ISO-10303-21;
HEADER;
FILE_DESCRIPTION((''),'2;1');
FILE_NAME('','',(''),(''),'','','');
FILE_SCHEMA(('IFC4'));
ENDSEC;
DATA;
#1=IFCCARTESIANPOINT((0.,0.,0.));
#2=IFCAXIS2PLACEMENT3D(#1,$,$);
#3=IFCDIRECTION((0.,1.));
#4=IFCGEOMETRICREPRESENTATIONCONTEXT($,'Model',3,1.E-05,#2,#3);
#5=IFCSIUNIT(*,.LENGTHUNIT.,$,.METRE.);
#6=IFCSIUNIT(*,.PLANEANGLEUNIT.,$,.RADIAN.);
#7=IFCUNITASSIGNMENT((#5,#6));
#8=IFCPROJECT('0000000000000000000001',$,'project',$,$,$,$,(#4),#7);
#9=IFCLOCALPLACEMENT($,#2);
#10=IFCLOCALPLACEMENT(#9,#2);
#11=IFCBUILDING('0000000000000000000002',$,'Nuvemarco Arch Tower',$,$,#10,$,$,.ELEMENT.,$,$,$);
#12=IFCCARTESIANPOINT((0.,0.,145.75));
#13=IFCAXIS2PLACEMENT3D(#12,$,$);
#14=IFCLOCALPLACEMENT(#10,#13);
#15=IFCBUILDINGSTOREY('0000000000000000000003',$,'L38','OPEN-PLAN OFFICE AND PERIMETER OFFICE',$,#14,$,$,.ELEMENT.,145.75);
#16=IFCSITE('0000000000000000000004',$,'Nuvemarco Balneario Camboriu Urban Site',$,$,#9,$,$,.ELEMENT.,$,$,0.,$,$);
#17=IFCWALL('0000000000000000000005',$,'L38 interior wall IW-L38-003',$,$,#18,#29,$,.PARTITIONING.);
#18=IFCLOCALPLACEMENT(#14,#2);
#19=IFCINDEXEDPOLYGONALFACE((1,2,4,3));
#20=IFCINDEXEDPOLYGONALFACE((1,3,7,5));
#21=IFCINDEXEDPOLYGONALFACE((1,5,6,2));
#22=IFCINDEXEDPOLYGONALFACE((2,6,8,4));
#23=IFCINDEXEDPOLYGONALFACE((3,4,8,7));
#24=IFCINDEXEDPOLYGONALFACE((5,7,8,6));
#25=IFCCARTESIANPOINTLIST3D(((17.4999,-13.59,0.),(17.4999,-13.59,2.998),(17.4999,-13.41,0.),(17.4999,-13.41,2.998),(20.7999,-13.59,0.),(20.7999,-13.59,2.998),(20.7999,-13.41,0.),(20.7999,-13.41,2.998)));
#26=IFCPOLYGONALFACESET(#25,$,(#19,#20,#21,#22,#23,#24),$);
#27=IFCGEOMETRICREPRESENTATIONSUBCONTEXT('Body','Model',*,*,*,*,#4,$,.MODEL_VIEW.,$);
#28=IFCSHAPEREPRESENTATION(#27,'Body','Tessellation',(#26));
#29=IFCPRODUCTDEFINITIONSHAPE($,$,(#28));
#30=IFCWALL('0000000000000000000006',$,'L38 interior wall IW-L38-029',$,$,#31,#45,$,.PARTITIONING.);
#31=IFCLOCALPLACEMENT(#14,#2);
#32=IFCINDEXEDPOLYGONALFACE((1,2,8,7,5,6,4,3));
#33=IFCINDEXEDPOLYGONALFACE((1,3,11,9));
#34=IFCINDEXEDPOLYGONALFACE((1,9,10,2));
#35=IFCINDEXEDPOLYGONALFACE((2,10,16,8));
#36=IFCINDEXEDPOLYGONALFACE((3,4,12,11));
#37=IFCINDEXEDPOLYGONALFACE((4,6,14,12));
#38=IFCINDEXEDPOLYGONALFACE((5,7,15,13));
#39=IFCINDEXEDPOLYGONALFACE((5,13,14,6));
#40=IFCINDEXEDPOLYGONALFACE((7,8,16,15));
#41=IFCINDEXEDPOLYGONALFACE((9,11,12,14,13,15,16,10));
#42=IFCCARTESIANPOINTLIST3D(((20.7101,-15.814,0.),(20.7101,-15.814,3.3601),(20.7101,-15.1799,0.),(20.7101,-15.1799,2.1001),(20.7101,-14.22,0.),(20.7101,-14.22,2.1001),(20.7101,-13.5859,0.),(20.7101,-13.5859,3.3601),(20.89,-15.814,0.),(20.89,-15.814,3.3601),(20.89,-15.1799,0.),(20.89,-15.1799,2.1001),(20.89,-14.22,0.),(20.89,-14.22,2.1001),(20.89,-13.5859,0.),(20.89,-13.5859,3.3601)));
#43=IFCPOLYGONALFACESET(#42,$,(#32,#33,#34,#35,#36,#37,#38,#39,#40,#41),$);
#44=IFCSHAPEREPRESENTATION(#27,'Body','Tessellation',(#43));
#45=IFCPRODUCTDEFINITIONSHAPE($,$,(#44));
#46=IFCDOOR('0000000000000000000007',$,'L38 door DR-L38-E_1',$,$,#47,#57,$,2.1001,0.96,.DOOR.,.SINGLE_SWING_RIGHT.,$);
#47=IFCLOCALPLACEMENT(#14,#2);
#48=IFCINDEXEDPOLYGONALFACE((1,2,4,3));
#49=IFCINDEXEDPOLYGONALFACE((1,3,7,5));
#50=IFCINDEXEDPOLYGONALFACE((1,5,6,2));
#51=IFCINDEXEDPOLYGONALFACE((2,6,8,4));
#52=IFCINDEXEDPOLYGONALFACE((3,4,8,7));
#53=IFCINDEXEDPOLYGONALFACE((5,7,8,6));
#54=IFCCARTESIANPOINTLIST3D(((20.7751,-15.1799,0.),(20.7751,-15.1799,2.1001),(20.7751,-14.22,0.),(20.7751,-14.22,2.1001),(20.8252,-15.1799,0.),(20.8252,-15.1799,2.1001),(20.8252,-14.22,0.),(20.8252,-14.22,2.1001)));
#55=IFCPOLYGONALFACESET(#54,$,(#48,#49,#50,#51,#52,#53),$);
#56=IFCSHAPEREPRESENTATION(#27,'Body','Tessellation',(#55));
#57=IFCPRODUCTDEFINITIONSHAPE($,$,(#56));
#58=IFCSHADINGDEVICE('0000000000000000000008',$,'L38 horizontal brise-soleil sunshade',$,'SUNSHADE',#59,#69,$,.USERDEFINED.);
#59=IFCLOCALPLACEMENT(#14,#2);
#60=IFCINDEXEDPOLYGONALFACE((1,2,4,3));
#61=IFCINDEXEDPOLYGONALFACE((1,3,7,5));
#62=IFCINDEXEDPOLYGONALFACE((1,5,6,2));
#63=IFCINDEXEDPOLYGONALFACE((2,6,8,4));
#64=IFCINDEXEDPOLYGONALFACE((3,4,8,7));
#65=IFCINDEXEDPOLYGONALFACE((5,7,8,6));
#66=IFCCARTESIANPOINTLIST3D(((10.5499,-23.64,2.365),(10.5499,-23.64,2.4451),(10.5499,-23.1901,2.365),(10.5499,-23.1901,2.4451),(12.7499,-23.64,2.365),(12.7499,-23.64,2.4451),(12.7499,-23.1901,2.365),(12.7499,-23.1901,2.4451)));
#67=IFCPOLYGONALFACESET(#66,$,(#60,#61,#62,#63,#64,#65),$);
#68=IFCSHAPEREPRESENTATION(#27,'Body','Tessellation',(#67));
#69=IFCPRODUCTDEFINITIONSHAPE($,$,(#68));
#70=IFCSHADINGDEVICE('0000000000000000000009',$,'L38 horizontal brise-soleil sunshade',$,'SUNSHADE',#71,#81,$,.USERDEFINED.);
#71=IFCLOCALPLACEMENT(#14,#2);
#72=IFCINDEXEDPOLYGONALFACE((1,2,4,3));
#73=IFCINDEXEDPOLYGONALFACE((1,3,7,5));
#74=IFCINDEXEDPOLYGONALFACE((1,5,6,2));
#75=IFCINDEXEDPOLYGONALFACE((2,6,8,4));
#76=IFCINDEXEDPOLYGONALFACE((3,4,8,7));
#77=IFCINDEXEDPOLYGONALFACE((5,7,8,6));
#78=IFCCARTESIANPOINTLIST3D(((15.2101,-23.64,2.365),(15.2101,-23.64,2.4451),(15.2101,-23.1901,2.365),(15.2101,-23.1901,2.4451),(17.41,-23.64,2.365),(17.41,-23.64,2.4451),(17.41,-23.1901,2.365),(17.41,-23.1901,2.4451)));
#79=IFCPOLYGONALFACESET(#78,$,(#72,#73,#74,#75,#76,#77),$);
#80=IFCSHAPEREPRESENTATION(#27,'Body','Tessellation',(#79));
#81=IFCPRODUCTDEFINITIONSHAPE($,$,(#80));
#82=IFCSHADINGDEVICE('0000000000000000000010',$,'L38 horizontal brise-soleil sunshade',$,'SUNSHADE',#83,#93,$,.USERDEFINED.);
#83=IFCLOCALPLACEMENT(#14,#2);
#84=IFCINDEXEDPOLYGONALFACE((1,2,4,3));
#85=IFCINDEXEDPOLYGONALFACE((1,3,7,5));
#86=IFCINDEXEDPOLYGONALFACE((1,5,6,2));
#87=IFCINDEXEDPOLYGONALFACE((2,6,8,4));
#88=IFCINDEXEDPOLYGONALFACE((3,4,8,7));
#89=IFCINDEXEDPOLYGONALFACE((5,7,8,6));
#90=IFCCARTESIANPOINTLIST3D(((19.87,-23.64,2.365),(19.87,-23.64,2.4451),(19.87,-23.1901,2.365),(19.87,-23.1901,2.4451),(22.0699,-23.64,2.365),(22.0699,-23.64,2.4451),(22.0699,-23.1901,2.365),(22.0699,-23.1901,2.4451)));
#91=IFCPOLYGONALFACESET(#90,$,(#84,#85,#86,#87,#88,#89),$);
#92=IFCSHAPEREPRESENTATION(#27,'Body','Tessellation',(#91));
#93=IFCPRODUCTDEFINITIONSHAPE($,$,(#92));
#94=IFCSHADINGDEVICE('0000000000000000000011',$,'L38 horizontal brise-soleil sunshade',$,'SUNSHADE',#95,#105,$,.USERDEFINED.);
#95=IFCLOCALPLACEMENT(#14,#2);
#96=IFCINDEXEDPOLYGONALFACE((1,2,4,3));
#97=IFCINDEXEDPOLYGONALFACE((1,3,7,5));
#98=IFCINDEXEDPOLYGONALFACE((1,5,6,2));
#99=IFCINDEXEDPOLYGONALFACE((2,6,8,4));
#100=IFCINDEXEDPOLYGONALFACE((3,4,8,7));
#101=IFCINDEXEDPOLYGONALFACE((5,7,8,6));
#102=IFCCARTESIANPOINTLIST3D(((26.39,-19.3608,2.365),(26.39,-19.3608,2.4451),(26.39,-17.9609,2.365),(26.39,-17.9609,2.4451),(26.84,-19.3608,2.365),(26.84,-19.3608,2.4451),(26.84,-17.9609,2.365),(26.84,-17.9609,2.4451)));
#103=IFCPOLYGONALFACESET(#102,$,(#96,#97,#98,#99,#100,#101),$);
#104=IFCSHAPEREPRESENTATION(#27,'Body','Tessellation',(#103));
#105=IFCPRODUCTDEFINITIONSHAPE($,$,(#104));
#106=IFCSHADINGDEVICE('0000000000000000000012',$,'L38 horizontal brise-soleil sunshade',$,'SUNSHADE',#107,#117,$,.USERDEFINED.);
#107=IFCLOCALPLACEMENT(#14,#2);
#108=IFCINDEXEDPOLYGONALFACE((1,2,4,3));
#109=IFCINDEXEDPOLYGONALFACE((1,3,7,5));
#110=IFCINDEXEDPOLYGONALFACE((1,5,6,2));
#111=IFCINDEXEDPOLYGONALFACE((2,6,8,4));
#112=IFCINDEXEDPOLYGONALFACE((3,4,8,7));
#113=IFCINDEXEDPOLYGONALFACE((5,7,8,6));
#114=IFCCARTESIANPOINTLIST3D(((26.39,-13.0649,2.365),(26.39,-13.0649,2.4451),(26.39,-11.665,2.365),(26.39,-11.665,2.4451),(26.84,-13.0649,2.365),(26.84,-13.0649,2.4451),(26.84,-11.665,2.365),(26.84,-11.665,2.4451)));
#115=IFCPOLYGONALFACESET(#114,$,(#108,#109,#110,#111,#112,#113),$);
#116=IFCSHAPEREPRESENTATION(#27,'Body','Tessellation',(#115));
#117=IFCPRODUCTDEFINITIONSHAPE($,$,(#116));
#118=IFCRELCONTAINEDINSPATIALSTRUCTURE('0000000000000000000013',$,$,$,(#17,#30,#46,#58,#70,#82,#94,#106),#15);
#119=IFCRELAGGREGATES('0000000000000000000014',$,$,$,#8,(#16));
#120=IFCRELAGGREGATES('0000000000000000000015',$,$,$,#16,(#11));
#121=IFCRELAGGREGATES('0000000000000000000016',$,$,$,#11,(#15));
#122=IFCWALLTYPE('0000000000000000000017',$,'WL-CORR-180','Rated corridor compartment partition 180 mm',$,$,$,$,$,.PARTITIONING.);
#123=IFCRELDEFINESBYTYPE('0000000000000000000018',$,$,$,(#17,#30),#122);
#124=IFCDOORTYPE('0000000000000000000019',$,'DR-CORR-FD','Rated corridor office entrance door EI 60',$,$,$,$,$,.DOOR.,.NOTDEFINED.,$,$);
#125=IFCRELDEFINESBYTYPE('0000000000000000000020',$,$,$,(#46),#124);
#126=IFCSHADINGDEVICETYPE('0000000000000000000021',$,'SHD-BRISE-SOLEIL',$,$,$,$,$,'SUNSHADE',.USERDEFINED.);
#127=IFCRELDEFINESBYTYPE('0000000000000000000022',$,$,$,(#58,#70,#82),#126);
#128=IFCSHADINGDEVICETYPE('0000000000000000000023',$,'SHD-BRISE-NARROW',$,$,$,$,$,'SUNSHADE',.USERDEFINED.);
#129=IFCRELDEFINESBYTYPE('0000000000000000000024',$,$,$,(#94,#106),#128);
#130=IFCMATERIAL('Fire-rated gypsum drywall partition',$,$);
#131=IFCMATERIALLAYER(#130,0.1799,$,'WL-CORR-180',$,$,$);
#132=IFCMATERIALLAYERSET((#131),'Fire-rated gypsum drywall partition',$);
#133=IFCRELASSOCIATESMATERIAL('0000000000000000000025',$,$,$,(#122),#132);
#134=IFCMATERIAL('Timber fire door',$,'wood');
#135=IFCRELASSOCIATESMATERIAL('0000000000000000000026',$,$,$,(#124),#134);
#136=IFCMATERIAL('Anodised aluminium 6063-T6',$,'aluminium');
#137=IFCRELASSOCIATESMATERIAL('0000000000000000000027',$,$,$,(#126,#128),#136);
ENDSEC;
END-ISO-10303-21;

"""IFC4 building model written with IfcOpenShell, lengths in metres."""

from ifc_helpers import new_model, si_unit, direction, frame, frame_2d, origin, origin_2d, place, context, subcontext, project, spatial, rectangle, extrude, source, transform, mapped, material, layer, layer_set, type_object, type_shapes, element, fill, save


model = new_model("IFC4")

# Units and contexts
model_context = context("Model", 3, precision=1e-05, world=origin(), true_north=direction((0.0, 1.0)))
body_context = subcontext(model_context, "Body", "Model", "MODEL_VIEW")
ifc_project = project(units=[si_unit("LENGTHUNIT", "METRE"), si_unit("PLANEANGLEUNIT", "RADIAN")], contexts=[model_context])

# Site, building, storey
site_placement = place(None, origin())
site = spatial("IfcSite", under=ifc_project, at=site_placement, Name="Nuvemarco Balneario Camboriu Urban Site", CompositionType="ELEMENT", RefElevation=0.0)
building_placement = place(site_placement, origin())
building = spatial("IfcBuilding", under=site, at=building_placement, Name="Nuvemarco Arch Tower", CompositionType="ELEMENT")
storey_placement = place(building_placement, frame((0.0, 0.0, 145.75)))
storey = spatial("IfcBuildingStorey", under=building, at=storey_placement, Name="L38", Description="OPEN-PLAN OFFICE AND PERIMETER OFFICE", CompositionType="ELEMENT", Elevation=145.75)

# Wall
ifc_material_1 = material(Name="Fire-rated gypsum drywall partition")
ifc_layer_1 = layer(ifc_material_1, 0.1799, Name="WL-CORR-180")
ifc_layer_set_1 = layer_set([ifc_layer_1], Name="Fire-rated gypsum drywall partition")
wall_type_1 = type_object("IfcWallType", Name="WL-CORR-180", Description="Rated corridor compartment partition 180 mm", PredefinedType="PARTITIONING", material=ifc_layer_set_1)
wall_1_placement = place(storey_placement, frame((17.5, -13.5, 0.0), z_axis=(0.0, 0.0, 1.0), x_axis=(1.0, 0.0, 0.0)))
element("IfcWall", 1, at=wall_1_placement, inside=storey, type_object=wall_type_1, Name="L38 interior wall IW-L38-003", PredefinedType="PARTITIONING", context=body_context, shape_type="SweptSolid", body=[
    extrude(rectangle(XDim=3.3, YDim=0.1799, at=frame_2d((1.6499, 0.0))), origin(), (0.0, 0.0, 1.0), 2.998),
])

# Wall, opening, door
wall_2_placement = place(storey_placement, frame((20.8, -15.814, 0.0), z_axis=(0.0, 0.0, 1.0), x_axis=(0.0, 1.0, 0.0)))
wall_2 = element("IfcWall", 2, at=wall_2_placement, inside=storey, type_object=wall_type_1, Name="L38 interior wall IW-L38-029", PredefinedType="PARTITIONING", context=body_context, shape_type="SweptSolid", body=[
    extrude(rectangle(XDim=2.228, YDim=0.1799, at=frame_2d((1.114, 0.0))), origin(), (0.0, 0.0, 1.0), 3.3601),
])
opening_1_placement = place(wall_2_placement, frame((0.634, 0.0, 0.0)))
opening_1 = element("IfcOpeningElement", 3, at=opening_1_placement, cuts=wall_2, PredefinedType="OPENING", context=body_context, shape_type="SweptSolid", body=[
    extrude(rectangle(XDim=0.96, YDim=2.1001, at=frame_2d((0.48, 1.05))), frame((0.0, 0.0999, 0.0), z_axis=(0.0, -1.0, 0.0), x_axis=(1.0, 0.0, 0.0)), (0.0, 0.0, 1.0), 0.2),
])
ifc_material_2 = material(Name="Timber fire door", Category="wood")
door_type = type_object("IfcDoorType", Name="DR-CORR-FD", Description="Rated corridor office entrance door EI 60", OperationType="NOTDEFINED", PredefinedType="DOOR", material=ifc_material_2)
shared_shape_1 = source(origin(), body_context, "Body", "SweptSolid", [
    extrude(rectangle(XDim=0.96, YDim=2.1001, at=frame_2d((0.48, 1.05))), frame((0.0, 0.0249, 0.0), z_axis=(0.0, -1.0, 0.0), x_axis=(1.0, 0.0, 0.0)), (0.0, 0.0, 1.0), 0.05),
])
type_shapes(door_type, [shared_shape_1])
door_placement = place(opening_1_placement, origin())
door = element("IfcDoor", 4, at=door_placement, inside=storey, type_object=door_type, Name="L38 door DR-L38-E_1", OperationType="SINGLE_SWING_RIGHT", OverallHeight=2.1001, OverallWidth=0.96, PredefinedType="DOOR", context=body_context, shape_type="MappedRepresentation", body=[
    mapped(shared_shape_1, transform((0.0, 0.0, 0.0), scale=1.0)),
])
fill(opening_1, door)

# Shading devices
ifc_material_3 = material(Name="Anodised aluminium 6063-T6", Category="aluminium")
shading_device_type_1 = type_object("IfcShadingDeviceType", Name="SHD-BRISE-SOLEIL", ElementType="SUNSHADE", PredefinedType="USERDEFINED", material=ifc_material_3)
shared_shape_2 = source(origin(), body_context, "Body", "SweptSolid", [
    extrude(rectangle(XDim=2.2, YDim=0.45, at=origin_2d()), origin(), (0.0, 0.0, 1.0), 0.0801),
])
type_shapes(shading_device_type_1, [shared_shape_2])
for number, where, z_axis, x_axis, name in (
    (5, (11.6499, -23.415, 2.365), (0.0, 0.0, 1.0), (1.0, 0.0, 0.0), "L38 horizontal brise-soleil sunshade"),
    (6, (16.3101, -23.415, 2.365), (0.0, 0.0, 1.0), (1.0, 0.0, 0.0), "L38 horizontal brise-soleil sunshade"),
    (7, (20.97, -23.415, 2.365), (0.0, 0.0, 1.0), (1.0, 0.0, 0.0), "L38 horizontal brise-soleil sunshade"),
):
    element("IfcShadingDevice", number, at=place(storey_placement, frame(where, z_axis=z_axis, x_axis=x_axis)), inside=storey, type_object=shading_device_type_1, Name=name, ObjectType="SUNSHADE", PredefinedType="USERDEFINED", context=body_context, shape_type="MappedRepresentation", body=[
        mapped(shared_shape_2, transform((0.0, 0.0, 0.0), scale=1.0)),
    ])
shading_device_type_2 = type_object("IfcShadingDeviceType", Name="SHD-BRISE-NARROW", ElementType="SUNSHADE", PredefinedType="USERDEFINED", material=ifc_material_3)
shared_shape_3 = source(origin(), body_context, "Body", "SweptSolid", [
    extrude(rectangle(XDim=1.3999, YDim=0.45, at=origin_2d()), origin(), (0.0, 0.0, 1.0), 0.0801),
])
type_shapes(shading_device_type_2, [shared_shape_3])
for number, where, z_axis, x_axis, name in (
    (8, (26.615, -18.6609, 2.365), (0.0, 0.0, 1.0), (0.0, 1.0, 0.0), "L38 horizontal brise-soleil sunshade"),
    (9, (26.615, -12.365, 2.365), (0.0, 0.0, 1.0), (0.0, 1.0, 0.0), "L38 horizontal brise-soleil sunshade"),
):
    element("IfcShadingDevice", number, at=place(storey_placement, frame(where, z_axis=z_axis, x_axis=x_axis)), inside=storey, type_object=shading_device_type_2, Name=name, ObjectType="SUNSHADE", PredefinedType="USERDEFINED", context=body_context, shape_type="MappedRepresentation", body=[
        mapped(shared_shape_3, transform((0.0, 0.0, 0.0), scale=1.0)),
    ])

save(model, "model.ifc")
